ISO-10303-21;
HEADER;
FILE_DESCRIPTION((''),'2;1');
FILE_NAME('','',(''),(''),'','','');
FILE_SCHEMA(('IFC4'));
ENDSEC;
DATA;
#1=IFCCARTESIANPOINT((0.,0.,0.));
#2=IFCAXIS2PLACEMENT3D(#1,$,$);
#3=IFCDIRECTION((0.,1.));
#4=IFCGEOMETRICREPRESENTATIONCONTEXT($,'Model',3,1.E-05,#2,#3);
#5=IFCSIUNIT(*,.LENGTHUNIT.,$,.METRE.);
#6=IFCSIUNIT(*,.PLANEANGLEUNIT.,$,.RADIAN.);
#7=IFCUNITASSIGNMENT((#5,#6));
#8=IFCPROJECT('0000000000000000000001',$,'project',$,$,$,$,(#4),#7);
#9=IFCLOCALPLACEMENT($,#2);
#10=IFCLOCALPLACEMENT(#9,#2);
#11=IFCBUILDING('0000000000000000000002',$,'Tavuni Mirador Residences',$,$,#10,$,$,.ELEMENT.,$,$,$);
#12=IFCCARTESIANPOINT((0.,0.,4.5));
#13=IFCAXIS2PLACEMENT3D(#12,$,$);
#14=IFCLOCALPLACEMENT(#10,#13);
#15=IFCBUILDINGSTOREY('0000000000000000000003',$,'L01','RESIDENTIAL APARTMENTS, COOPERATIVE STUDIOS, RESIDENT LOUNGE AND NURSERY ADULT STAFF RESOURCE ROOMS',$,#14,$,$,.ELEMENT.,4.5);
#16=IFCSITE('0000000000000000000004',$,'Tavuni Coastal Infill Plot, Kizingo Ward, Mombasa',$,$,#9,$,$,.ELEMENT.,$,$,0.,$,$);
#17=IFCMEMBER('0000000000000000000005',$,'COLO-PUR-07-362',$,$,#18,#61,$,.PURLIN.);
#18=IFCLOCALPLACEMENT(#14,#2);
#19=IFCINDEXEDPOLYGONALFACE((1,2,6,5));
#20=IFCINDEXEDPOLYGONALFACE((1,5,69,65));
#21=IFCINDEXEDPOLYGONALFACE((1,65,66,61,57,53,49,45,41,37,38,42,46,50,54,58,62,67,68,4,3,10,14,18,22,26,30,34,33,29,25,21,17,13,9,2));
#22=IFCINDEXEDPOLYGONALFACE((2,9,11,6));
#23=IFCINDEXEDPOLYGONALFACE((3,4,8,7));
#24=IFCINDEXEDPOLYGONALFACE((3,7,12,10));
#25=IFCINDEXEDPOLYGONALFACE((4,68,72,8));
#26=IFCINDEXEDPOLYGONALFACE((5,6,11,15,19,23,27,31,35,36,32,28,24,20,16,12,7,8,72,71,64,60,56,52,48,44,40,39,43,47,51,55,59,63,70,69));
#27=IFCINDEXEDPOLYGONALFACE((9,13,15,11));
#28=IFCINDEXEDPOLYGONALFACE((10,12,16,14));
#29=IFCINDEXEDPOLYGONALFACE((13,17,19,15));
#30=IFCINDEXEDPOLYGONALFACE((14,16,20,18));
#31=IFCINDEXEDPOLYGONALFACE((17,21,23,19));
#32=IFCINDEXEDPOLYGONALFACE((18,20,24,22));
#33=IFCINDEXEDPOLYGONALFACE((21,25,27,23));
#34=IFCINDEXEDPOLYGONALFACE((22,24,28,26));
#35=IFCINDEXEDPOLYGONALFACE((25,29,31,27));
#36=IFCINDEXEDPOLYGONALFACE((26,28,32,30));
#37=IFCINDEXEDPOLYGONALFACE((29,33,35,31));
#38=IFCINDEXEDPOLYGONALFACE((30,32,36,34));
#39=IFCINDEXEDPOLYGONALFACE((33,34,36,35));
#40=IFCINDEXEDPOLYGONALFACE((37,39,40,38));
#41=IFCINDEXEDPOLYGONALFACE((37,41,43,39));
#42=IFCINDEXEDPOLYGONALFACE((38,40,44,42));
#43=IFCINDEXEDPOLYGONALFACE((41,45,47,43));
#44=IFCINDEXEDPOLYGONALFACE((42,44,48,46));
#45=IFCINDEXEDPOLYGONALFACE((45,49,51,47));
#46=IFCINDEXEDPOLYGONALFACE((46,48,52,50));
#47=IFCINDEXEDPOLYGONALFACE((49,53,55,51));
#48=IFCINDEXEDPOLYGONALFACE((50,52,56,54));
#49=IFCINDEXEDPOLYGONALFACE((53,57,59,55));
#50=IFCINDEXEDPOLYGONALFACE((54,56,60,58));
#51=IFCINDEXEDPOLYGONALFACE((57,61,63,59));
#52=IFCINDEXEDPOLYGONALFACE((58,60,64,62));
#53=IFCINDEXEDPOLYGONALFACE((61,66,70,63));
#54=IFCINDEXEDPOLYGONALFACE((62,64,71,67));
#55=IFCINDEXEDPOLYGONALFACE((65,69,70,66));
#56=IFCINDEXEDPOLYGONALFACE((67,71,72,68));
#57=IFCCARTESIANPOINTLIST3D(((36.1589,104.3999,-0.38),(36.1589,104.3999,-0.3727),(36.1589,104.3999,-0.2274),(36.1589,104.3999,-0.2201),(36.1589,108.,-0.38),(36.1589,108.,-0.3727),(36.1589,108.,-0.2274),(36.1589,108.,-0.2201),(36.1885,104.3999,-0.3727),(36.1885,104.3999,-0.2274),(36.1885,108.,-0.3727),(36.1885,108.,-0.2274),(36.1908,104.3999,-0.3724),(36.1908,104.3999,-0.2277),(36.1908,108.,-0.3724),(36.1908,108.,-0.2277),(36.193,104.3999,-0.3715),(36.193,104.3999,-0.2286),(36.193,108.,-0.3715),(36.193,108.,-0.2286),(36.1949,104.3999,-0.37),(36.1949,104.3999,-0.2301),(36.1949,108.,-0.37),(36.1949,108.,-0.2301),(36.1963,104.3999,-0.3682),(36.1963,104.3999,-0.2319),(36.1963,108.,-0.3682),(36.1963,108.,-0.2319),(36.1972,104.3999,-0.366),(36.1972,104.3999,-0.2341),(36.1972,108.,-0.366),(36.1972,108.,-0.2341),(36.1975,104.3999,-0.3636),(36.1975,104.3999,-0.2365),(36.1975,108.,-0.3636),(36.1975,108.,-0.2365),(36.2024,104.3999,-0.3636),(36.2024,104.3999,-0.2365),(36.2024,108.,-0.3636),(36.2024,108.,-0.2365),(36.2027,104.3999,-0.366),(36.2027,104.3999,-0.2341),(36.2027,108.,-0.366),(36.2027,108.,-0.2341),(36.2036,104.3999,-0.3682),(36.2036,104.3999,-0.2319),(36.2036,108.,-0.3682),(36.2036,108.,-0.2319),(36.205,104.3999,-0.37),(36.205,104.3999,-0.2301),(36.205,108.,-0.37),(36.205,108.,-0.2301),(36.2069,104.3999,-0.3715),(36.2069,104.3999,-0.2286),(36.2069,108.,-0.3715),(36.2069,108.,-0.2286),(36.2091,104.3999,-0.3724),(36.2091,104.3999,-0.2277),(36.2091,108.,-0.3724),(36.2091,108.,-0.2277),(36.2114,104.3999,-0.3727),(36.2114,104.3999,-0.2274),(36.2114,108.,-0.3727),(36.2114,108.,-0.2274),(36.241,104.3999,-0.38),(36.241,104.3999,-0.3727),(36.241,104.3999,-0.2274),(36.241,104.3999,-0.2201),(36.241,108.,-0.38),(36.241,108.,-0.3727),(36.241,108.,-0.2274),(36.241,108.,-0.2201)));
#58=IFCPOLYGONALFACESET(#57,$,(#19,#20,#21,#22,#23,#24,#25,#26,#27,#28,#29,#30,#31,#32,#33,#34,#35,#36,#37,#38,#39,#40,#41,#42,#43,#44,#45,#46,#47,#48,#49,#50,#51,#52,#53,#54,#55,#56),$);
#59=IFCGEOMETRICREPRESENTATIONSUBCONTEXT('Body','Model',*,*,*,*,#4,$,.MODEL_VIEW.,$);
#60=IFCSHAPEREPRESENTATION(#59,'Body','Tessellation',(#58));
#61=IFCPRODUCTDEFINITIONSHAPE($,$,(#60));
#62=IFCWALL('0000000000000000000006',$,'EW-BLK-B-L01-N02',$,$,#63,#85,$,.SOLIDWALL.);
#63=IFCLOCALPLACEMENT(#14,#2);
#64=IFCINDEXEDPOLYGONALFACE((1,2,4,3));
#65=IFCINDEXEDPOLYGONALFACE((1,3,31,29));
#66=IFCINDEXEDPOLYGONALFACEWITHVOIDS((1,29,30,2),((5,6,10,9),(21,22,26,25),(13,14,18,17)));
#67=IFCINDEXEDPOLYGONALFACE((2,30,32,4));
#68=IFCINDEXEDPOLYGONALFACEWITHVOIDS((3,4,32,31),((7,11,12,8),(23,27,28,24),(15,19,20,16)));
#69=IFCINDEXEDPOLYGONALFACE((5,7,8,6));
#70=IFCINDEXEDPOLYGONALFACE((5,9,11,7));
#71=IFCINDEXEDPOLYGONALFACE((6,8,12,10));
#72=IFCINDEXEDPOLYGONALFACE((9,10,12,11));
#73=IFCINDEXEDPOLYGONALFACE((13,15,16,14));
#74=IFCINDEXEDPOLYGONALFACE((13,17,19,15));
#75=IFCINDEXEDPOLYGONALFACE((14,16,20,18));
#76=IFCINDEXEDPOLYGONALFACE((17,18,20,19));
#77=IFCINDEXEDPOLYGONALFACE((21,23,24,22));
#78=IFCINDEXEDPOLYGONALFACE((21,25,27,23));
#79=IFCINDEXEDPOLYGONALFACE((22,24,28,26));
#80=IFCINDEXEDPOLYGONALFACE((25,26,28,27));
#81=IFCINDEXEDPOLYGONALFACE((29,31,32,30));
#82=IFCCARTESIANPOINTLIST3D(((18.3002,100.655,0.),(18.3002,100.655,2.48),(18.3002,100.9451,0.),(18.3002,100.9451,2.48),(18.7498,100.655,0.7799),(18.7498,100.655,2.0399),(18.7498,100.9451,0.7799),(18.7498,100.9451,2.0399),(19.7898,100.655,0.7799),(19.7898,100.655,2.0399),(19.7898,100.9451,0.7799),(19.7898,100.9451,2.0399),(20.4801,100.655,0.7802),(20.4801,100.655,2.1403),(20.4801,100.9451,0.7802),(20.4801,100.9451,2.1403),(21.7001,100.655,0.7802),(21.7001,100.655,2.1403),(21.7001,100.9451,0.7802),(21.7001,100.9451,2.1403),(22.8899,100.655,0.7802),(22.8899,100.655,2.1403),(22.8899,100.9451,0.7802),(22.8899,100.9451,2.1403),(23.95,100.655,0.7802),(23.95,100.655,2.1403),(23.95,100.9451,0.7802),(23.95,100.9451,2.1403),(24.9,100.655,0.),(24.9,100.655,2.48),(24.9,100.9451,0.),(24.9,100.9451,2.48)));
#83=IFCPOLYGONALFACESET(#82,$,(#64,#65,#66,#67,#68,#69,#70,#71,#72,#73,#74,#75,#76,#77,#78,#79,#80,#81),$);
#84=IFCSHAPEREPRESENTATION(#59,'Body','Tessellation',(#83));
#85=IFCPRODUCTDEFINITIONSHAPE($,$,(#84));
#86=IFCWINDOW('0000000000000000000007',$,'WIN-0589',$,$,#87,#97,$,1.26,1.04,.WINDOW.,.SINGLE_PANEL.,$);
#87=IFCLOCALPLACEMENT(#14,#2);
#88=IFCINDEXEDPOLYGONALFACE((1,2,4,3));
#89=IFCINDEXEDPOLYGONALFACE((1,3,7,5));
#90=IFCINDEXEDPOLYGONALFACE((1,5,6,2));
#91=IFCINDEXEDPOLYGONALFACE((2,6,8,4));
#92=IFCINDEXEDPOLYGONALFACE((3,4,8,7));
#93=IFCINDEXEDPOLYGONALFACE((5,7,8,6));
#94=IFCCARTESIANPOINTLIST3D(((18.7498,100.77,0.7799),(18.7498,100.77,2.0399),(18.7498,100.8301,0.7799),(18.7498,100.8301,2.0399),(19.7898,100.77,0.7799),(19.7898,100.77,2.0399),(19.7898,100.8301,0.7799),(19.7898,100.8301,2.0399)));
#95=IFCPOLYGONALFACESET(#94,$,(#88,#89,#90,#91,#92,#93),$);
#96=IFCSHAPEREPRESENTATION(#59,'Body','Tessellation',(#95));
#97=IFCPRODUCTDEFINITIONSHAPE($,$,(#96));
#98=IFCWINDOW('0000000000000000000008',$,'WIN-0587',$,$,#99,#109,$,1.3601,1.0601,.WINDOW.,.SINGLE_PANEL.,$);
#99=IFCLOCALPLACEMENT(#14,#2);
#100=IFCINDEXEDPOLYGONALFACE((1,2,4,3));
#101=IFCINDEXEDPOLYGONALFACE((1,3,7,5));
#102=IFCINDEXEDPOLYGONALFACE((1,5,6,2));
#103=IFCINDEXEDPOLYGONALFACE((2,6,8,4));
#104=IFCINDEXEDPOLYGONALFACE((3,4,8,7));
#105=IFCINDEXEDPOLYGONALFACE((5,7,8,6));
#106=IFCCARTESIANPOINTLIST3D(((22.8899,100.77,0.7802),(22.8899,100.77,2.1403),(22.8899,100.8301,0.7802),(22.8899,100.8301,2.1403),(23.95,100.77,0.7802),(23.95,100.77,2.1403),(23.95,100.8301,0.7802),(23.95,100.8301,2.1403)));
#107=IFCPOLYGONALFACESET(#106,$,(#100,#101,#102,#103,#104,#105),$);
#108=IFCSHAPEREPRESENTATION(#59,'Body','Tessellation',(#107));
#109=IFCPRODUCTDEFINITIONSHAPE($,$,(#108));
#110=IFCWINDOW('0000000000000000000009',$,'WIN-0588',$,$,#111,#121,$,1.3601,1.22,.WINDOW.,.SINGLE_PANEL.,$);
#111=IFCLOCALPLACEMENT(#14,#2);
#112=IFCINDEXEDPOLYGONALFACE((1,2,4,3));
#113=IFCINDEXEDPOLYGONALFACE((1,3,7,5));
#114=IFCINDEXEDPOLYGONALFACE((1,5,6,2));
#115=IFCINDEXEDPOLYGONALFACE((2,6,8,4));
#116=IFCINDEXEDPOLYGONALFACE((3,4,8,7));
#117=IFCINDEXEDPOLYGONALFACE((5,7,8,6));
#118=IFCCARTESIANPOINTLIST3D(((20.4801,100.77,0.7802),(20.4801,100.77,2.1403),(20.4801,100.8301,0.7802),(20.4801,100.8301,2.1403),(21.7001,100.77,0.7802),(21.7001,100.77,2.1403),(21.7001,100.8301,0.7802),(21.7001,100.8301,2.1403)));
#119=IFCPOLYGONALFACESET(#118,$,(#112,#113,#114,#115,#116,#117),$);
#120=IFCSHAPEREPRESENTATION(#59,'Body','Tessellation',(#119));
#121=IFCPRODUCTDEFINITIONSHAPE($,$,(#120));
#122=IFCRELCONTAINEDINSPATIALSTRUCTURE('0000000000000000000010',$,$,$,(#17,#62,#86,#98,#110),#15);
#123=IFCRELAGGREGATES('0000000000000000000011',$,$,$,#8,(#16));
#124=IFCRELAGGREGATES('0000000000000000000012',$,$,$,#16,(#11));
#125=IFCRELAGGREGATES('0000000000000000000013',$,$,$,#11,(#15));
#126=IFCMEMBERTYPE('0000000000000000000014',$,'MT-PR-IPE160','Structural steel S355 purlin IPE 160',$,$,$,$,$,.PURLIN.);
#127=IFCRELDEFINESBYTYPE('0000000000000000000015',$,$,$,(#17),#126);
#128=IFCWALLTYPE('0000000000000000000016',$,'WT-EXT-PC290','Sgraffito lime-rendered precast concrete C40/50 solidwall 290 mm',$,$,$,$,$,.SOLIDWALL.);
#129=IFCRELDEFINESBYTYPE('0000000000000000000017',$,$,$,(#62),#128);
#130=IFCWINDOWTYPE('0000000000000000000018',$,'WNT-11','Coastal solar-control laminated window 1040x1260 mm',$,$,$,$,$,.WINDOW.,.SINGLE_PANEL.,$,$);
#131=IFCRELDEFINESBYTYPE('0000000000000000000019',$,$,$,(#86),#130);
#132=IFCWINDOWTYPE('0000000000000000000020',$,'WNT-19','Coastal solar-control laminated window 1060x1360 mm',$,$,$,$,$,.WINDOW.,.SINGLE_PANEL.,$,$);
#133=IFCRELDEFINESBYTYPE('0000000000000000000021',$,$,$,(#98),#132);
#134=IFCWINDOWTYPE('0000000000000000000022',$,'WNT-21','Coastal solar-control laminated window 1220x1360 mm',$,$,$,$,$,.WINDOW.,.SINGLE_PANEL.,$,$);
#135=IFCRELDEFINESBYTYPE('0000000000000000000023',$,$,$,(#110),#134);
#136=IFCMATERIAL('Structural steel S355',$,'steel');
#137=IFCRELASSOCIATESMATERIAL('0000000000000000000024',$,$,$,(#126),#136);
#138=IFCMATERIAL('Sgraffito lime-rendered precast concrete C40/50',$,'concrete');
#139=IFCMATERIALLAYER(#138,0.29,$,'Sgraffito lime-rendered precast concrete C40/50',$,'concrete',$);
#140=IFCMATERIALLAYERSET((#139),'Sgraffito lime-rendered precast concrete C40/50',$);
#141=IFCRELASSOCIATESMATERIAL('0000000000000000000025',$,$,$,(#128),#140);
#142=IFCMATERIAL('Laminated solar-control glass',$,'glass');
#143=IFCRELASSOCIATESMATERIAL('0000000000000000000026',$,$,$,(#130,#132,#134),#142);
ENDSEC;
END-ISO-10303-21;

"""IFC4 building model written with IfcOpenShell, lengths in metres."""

from ifc_helpers import new_model, si_unit, direction, frame, frame_2d, origin, origin_2d, place, context, subcontext, project, spatial, rectangle, i_section, extrude, material, layer, layer_set, material_profile, profile_set, type_object, element, fill, save


model = new_model("IFC4")

# Units and contexts
model_context = context("Model", 3, precision=1e-05, world=origin(), true_north=direction((0.0, 1.0)))
body_context = subcontext(model_context, "Body", "Model", "MODEL_VIEW")
ifc_project = project(units=[si_unit("LENGTHUNIT", "METRE"), si_unit("PLANEANGLEUNIT", "RADIAN")], contexts=[model_context])

# Site, building, storey
site_placement = place(None, origin())
site = spatial("IfcSite", under=ifc_project, at=site_placement, Name="Tavuni Coastal Infill Plot, Kizingo Ward, Mombasa", CompositionType="ELEMENT", RefElevation=0.0)
building_placement = place(site_placement, origin())
building = spatial("IfcBuilding", under=site, at=building_placement, Name="Tavuni Mirador Residences", CompositionType="ELEMENT")
storey_placement = place(building_placement, frame((0.0, 0.0, 4.5)))
storey = spatial("IfcBuildingStorey", under=building, at=storey_placement, Name="L01", Description="RESIDENTIAL APARTMENTS, COOPERATIVE STUDIOS, RESIDENT LOUNGE AND NURSERY ADULT STAFF RESOURCE ROOMS", CompositionType="ELEMENT", Elevation=4.5)

# Shared definitions
ifc_material_1 = material(Name="Structural steel S355", Category="steel")

# Member
ifc_material_profile_1 = material_profile(ifc_material_1, i_section(OverallWidth=0.082, OverallDepth=0.1599, WebThickness=0.0049, FlangeThickness=0.0073, FilletRadius=0.009, at=origin_2d()), Name="IPE 160", Category="steel")
ifc_profile_set_1 = profile_set([ifc_material_profile_1], Name="Structural steel S355")
member_type_1 = type_object("IfcMemberType", Name="MT-PR-IPE160", Description="Structural steel S355 purlin IPE 160", PredefinedType="PURLIN", material=ifc_profile_set_1)
for number, where, z_axis, x_axis, name in (
    (1, (36.2, 104.3999, -0.3), (0.0, 1.0, 0.0), (-1.0, 0.0, 0.0), "COLO-PUR-07-362"),
):
    element("IfcMember", number, at=place(storey_placement, frame(where, z_axis=z_axis, x_axis=x_axis)), inside=storey, type_object=member_type_1, Name=name, PredefinedType="PURLIN", context=body_context, shape_type="SweptSolid", body=[
        extrude(i_section(OverallWidth=0.082, OverallDepth=0.1599, WebThickness=0.0049, FlangeThickness=0.0073, FilletRadius=0.009, at=origin_2d()), origin(), (0.0, 0.0, 1.0), 3.6001),
    ])

# Wall, openings, windows
ifc_material_2 = material(Name="Sgraffito lime-rendered precast concrete C40/50", Category="concrete")
ifc_layer_1 = layer(ifc_material_2, 0.29, Name="Sgraffito lime-rendered precast concrete C40/50", Category="concrete")
ifc_layer_set_1 = layer_set([ifc_layer_1], Name="Sgraffito lime-rendered precast concrete C40/50")
wall_type_1 = type_object("IfcWallType", Name="WT-EXT-PC290", Description="Sgraffito lime-rendered precast concrete C40/50 solidwall 290 mm", PredefinedType="SOLIDWALL", material=ifc_layer_set_1)
wall_1_placement = place(storey_placement, frame((24.8999, 100.8, 0.0), z_axis=(0.0, 0.0, 1.0), x_axis=(-1.0, 0.0, 0.0)))
wall_1 = element("IfcWall", 2, at=wall_1_placement, inside=storey, type_object=wall_type_1, Name="EW-BLK-B-L01-N02", PredefinedType="SOLIDWALL", context=body_context, shape_type="SweptSolid", body=[
    extrude(rectangle(XDim=6.5999, YDim=0.29, at=frame_2d((3.2998, 0.0))), origin(), (0.0, 0.0, 1.0), 2.48),
])
opening_1_placement = place(wall_1_placement, frame((0.95, 0.0, 0.78)))
opening_1 = element("IfcOpeningElement", 3, at=opening_1_placement, cuts=wall_1, PredefinedType="OPENING", context=body_context, shape_type="SweptSolid", body=[
    extrude(rectangle(XDim=1.0601, YDim=1.3601, at=frame_2d((0.53, 0.6802))), frame((0.0, 0.155, 0.0), z_axis=(0.0, -1.0, 0.0), x_axis=(1.0, 0.0, 0.0)), (0.0, 0.0, 1.0), 0.3101),
])
opening_2_placement = place(wall_1_placement, frame((3.2, 0.0, 0.78)))
opening_2 = element("IfcOpeningElement", 4, at=opening_2_placement, cuts=wall_1, PredefinedType="OPENING", context=body_context, shape_type="SweptSolid", body=[
    extrude(rectangle(XDim=1.22, YDim=1.3601, at=frame_2d((0.6099, 0.6802))), frame((0.0, 0.155, 0.0), z_axis=(0.0, -1.0, 0.0), x_axis=(1.0, 0.0, 0.0)), (0.0, 0.0, 1.0), 0.3101),
])
opening_3_placement = place(wall_1_placement, frame((5.1101, 0.0, 0.78)))
opening_3 = element("IfcOpeningElement", 5, at=opening_3_placement, cuts=wall_1, PredefinedType="OPENING", context=body_context, shape_type="SweptSolid", body=[
    extrude(rectangle(XDim=1.04, YDim=1.26, at=frame_2d((0.52, 0.6299))), frame((0.0, 0.155, 0.0), z_axis=(0.0, -1.0, 0.0), x_axis=(1.0, 0.0, 0.0)), (0.0, 0.0, 1.0), 0.3101),
])
ifc_material_3 = material(Name="Laminated solar-control glass", Category="glass")
window_type_1 = type_object("IfcWindowType", Name="WNT-11", Description="Coastal solar-control laminated window 1040x1260 mm", PartitioningType="SINGLE_PANEL", PredefinedType="WINDOW", material=ifc_material_3)
window_1_placement = place(opening_3_placement, origin())
window_1 = element("IfcWindow", 6, at=window_1_placement, inside=storey, type_object=window_type_1, Name="WIN-0589", OverallHeight=1.26, OverallWidth=1.04, PartitioningType="SINGLE_PANEL", PredefinedType="WINDOW", context=body_context, shape_type="SweptSolid", body=[
    extrude(rectangle(XDim=1.04, YDim=1.26, at=frame_2d((0.52, 0.6299))), frame((0.0, 0.03, 0.0), z_axis=(0.0, -1.0, 0.0), x_axis=(1.0, 0.0, 0.0)), (0.0, 0.0, 1.0), 0.0601),
])
fill(opening_3, window_1)
window_type_2 = type_object("IfcWindowType", Name="WNT-19", Description="Coastal solar-control laminated window 1060x1360 mm", PartitioningType="SINGLE_PANEL", PredefinedType="WINDOW", material=ifc_material_3)
window_2_placement = place(opening_1_placement, origin())
window_2 = element("IfcWindow", 7, at=window_2_placement, inside=storey, type_object=window_type_2, Name="WIN-0587", OverallHeight=1.3601, OverallWidth=1.0601, PartitioningType="SINGLE_PANEL", PredefinedType="WINDOW", context=body_context, shape_type="SweptSolid", body=[
    extrude(rectangle(XDim=1.0601, YDim=1.3601, at=frame_2d((0.53, 0.6802))), frame((0.0, 0.03, 0.0), z_axis=(0.0, -1.0, 0.0), x_axis=(1.0, 0.0, 0.0)), (0.0, 0.0, 1.0), 0.0601),
])
fill(opening_1, window_2)
window_type_3 = type_object("IfcWindowType", Name="WNT-21", Description="Coastal solar-control laminated window 1220x1360 mm", PartitioningType="SINGLE_PANEL", PredefinedType="WINDOW", material=ifc_material_3)
window_3_placement = place(opening_2_placement, origin())
window_3 = element("IfcWindow", 8, at=window_3_placement, inside=storey, type_object=window_type_3, Name="WIN-0588", OverallHeight=1.3601, OverallWidth=1.22, PartitioningType="SINGLE_PANEL", PredefinedType="WINDOW", context=body_context, shape_type="SweptSolid", body=[
    extrude(rectangle(XDim=1.22, YDim=1.3601, at=frame_2d((0.6099, 0.6802))), frame((0.0, 0.03, 0.0), z_axis=(0.0, -1.0, 0.0), x_axis=(1.0, 0.0, 0.0)), (0.0, 0.0, 1.0), 0.0601),
])
fill(opening_2, window_3)

save(model, "model.ifc")
